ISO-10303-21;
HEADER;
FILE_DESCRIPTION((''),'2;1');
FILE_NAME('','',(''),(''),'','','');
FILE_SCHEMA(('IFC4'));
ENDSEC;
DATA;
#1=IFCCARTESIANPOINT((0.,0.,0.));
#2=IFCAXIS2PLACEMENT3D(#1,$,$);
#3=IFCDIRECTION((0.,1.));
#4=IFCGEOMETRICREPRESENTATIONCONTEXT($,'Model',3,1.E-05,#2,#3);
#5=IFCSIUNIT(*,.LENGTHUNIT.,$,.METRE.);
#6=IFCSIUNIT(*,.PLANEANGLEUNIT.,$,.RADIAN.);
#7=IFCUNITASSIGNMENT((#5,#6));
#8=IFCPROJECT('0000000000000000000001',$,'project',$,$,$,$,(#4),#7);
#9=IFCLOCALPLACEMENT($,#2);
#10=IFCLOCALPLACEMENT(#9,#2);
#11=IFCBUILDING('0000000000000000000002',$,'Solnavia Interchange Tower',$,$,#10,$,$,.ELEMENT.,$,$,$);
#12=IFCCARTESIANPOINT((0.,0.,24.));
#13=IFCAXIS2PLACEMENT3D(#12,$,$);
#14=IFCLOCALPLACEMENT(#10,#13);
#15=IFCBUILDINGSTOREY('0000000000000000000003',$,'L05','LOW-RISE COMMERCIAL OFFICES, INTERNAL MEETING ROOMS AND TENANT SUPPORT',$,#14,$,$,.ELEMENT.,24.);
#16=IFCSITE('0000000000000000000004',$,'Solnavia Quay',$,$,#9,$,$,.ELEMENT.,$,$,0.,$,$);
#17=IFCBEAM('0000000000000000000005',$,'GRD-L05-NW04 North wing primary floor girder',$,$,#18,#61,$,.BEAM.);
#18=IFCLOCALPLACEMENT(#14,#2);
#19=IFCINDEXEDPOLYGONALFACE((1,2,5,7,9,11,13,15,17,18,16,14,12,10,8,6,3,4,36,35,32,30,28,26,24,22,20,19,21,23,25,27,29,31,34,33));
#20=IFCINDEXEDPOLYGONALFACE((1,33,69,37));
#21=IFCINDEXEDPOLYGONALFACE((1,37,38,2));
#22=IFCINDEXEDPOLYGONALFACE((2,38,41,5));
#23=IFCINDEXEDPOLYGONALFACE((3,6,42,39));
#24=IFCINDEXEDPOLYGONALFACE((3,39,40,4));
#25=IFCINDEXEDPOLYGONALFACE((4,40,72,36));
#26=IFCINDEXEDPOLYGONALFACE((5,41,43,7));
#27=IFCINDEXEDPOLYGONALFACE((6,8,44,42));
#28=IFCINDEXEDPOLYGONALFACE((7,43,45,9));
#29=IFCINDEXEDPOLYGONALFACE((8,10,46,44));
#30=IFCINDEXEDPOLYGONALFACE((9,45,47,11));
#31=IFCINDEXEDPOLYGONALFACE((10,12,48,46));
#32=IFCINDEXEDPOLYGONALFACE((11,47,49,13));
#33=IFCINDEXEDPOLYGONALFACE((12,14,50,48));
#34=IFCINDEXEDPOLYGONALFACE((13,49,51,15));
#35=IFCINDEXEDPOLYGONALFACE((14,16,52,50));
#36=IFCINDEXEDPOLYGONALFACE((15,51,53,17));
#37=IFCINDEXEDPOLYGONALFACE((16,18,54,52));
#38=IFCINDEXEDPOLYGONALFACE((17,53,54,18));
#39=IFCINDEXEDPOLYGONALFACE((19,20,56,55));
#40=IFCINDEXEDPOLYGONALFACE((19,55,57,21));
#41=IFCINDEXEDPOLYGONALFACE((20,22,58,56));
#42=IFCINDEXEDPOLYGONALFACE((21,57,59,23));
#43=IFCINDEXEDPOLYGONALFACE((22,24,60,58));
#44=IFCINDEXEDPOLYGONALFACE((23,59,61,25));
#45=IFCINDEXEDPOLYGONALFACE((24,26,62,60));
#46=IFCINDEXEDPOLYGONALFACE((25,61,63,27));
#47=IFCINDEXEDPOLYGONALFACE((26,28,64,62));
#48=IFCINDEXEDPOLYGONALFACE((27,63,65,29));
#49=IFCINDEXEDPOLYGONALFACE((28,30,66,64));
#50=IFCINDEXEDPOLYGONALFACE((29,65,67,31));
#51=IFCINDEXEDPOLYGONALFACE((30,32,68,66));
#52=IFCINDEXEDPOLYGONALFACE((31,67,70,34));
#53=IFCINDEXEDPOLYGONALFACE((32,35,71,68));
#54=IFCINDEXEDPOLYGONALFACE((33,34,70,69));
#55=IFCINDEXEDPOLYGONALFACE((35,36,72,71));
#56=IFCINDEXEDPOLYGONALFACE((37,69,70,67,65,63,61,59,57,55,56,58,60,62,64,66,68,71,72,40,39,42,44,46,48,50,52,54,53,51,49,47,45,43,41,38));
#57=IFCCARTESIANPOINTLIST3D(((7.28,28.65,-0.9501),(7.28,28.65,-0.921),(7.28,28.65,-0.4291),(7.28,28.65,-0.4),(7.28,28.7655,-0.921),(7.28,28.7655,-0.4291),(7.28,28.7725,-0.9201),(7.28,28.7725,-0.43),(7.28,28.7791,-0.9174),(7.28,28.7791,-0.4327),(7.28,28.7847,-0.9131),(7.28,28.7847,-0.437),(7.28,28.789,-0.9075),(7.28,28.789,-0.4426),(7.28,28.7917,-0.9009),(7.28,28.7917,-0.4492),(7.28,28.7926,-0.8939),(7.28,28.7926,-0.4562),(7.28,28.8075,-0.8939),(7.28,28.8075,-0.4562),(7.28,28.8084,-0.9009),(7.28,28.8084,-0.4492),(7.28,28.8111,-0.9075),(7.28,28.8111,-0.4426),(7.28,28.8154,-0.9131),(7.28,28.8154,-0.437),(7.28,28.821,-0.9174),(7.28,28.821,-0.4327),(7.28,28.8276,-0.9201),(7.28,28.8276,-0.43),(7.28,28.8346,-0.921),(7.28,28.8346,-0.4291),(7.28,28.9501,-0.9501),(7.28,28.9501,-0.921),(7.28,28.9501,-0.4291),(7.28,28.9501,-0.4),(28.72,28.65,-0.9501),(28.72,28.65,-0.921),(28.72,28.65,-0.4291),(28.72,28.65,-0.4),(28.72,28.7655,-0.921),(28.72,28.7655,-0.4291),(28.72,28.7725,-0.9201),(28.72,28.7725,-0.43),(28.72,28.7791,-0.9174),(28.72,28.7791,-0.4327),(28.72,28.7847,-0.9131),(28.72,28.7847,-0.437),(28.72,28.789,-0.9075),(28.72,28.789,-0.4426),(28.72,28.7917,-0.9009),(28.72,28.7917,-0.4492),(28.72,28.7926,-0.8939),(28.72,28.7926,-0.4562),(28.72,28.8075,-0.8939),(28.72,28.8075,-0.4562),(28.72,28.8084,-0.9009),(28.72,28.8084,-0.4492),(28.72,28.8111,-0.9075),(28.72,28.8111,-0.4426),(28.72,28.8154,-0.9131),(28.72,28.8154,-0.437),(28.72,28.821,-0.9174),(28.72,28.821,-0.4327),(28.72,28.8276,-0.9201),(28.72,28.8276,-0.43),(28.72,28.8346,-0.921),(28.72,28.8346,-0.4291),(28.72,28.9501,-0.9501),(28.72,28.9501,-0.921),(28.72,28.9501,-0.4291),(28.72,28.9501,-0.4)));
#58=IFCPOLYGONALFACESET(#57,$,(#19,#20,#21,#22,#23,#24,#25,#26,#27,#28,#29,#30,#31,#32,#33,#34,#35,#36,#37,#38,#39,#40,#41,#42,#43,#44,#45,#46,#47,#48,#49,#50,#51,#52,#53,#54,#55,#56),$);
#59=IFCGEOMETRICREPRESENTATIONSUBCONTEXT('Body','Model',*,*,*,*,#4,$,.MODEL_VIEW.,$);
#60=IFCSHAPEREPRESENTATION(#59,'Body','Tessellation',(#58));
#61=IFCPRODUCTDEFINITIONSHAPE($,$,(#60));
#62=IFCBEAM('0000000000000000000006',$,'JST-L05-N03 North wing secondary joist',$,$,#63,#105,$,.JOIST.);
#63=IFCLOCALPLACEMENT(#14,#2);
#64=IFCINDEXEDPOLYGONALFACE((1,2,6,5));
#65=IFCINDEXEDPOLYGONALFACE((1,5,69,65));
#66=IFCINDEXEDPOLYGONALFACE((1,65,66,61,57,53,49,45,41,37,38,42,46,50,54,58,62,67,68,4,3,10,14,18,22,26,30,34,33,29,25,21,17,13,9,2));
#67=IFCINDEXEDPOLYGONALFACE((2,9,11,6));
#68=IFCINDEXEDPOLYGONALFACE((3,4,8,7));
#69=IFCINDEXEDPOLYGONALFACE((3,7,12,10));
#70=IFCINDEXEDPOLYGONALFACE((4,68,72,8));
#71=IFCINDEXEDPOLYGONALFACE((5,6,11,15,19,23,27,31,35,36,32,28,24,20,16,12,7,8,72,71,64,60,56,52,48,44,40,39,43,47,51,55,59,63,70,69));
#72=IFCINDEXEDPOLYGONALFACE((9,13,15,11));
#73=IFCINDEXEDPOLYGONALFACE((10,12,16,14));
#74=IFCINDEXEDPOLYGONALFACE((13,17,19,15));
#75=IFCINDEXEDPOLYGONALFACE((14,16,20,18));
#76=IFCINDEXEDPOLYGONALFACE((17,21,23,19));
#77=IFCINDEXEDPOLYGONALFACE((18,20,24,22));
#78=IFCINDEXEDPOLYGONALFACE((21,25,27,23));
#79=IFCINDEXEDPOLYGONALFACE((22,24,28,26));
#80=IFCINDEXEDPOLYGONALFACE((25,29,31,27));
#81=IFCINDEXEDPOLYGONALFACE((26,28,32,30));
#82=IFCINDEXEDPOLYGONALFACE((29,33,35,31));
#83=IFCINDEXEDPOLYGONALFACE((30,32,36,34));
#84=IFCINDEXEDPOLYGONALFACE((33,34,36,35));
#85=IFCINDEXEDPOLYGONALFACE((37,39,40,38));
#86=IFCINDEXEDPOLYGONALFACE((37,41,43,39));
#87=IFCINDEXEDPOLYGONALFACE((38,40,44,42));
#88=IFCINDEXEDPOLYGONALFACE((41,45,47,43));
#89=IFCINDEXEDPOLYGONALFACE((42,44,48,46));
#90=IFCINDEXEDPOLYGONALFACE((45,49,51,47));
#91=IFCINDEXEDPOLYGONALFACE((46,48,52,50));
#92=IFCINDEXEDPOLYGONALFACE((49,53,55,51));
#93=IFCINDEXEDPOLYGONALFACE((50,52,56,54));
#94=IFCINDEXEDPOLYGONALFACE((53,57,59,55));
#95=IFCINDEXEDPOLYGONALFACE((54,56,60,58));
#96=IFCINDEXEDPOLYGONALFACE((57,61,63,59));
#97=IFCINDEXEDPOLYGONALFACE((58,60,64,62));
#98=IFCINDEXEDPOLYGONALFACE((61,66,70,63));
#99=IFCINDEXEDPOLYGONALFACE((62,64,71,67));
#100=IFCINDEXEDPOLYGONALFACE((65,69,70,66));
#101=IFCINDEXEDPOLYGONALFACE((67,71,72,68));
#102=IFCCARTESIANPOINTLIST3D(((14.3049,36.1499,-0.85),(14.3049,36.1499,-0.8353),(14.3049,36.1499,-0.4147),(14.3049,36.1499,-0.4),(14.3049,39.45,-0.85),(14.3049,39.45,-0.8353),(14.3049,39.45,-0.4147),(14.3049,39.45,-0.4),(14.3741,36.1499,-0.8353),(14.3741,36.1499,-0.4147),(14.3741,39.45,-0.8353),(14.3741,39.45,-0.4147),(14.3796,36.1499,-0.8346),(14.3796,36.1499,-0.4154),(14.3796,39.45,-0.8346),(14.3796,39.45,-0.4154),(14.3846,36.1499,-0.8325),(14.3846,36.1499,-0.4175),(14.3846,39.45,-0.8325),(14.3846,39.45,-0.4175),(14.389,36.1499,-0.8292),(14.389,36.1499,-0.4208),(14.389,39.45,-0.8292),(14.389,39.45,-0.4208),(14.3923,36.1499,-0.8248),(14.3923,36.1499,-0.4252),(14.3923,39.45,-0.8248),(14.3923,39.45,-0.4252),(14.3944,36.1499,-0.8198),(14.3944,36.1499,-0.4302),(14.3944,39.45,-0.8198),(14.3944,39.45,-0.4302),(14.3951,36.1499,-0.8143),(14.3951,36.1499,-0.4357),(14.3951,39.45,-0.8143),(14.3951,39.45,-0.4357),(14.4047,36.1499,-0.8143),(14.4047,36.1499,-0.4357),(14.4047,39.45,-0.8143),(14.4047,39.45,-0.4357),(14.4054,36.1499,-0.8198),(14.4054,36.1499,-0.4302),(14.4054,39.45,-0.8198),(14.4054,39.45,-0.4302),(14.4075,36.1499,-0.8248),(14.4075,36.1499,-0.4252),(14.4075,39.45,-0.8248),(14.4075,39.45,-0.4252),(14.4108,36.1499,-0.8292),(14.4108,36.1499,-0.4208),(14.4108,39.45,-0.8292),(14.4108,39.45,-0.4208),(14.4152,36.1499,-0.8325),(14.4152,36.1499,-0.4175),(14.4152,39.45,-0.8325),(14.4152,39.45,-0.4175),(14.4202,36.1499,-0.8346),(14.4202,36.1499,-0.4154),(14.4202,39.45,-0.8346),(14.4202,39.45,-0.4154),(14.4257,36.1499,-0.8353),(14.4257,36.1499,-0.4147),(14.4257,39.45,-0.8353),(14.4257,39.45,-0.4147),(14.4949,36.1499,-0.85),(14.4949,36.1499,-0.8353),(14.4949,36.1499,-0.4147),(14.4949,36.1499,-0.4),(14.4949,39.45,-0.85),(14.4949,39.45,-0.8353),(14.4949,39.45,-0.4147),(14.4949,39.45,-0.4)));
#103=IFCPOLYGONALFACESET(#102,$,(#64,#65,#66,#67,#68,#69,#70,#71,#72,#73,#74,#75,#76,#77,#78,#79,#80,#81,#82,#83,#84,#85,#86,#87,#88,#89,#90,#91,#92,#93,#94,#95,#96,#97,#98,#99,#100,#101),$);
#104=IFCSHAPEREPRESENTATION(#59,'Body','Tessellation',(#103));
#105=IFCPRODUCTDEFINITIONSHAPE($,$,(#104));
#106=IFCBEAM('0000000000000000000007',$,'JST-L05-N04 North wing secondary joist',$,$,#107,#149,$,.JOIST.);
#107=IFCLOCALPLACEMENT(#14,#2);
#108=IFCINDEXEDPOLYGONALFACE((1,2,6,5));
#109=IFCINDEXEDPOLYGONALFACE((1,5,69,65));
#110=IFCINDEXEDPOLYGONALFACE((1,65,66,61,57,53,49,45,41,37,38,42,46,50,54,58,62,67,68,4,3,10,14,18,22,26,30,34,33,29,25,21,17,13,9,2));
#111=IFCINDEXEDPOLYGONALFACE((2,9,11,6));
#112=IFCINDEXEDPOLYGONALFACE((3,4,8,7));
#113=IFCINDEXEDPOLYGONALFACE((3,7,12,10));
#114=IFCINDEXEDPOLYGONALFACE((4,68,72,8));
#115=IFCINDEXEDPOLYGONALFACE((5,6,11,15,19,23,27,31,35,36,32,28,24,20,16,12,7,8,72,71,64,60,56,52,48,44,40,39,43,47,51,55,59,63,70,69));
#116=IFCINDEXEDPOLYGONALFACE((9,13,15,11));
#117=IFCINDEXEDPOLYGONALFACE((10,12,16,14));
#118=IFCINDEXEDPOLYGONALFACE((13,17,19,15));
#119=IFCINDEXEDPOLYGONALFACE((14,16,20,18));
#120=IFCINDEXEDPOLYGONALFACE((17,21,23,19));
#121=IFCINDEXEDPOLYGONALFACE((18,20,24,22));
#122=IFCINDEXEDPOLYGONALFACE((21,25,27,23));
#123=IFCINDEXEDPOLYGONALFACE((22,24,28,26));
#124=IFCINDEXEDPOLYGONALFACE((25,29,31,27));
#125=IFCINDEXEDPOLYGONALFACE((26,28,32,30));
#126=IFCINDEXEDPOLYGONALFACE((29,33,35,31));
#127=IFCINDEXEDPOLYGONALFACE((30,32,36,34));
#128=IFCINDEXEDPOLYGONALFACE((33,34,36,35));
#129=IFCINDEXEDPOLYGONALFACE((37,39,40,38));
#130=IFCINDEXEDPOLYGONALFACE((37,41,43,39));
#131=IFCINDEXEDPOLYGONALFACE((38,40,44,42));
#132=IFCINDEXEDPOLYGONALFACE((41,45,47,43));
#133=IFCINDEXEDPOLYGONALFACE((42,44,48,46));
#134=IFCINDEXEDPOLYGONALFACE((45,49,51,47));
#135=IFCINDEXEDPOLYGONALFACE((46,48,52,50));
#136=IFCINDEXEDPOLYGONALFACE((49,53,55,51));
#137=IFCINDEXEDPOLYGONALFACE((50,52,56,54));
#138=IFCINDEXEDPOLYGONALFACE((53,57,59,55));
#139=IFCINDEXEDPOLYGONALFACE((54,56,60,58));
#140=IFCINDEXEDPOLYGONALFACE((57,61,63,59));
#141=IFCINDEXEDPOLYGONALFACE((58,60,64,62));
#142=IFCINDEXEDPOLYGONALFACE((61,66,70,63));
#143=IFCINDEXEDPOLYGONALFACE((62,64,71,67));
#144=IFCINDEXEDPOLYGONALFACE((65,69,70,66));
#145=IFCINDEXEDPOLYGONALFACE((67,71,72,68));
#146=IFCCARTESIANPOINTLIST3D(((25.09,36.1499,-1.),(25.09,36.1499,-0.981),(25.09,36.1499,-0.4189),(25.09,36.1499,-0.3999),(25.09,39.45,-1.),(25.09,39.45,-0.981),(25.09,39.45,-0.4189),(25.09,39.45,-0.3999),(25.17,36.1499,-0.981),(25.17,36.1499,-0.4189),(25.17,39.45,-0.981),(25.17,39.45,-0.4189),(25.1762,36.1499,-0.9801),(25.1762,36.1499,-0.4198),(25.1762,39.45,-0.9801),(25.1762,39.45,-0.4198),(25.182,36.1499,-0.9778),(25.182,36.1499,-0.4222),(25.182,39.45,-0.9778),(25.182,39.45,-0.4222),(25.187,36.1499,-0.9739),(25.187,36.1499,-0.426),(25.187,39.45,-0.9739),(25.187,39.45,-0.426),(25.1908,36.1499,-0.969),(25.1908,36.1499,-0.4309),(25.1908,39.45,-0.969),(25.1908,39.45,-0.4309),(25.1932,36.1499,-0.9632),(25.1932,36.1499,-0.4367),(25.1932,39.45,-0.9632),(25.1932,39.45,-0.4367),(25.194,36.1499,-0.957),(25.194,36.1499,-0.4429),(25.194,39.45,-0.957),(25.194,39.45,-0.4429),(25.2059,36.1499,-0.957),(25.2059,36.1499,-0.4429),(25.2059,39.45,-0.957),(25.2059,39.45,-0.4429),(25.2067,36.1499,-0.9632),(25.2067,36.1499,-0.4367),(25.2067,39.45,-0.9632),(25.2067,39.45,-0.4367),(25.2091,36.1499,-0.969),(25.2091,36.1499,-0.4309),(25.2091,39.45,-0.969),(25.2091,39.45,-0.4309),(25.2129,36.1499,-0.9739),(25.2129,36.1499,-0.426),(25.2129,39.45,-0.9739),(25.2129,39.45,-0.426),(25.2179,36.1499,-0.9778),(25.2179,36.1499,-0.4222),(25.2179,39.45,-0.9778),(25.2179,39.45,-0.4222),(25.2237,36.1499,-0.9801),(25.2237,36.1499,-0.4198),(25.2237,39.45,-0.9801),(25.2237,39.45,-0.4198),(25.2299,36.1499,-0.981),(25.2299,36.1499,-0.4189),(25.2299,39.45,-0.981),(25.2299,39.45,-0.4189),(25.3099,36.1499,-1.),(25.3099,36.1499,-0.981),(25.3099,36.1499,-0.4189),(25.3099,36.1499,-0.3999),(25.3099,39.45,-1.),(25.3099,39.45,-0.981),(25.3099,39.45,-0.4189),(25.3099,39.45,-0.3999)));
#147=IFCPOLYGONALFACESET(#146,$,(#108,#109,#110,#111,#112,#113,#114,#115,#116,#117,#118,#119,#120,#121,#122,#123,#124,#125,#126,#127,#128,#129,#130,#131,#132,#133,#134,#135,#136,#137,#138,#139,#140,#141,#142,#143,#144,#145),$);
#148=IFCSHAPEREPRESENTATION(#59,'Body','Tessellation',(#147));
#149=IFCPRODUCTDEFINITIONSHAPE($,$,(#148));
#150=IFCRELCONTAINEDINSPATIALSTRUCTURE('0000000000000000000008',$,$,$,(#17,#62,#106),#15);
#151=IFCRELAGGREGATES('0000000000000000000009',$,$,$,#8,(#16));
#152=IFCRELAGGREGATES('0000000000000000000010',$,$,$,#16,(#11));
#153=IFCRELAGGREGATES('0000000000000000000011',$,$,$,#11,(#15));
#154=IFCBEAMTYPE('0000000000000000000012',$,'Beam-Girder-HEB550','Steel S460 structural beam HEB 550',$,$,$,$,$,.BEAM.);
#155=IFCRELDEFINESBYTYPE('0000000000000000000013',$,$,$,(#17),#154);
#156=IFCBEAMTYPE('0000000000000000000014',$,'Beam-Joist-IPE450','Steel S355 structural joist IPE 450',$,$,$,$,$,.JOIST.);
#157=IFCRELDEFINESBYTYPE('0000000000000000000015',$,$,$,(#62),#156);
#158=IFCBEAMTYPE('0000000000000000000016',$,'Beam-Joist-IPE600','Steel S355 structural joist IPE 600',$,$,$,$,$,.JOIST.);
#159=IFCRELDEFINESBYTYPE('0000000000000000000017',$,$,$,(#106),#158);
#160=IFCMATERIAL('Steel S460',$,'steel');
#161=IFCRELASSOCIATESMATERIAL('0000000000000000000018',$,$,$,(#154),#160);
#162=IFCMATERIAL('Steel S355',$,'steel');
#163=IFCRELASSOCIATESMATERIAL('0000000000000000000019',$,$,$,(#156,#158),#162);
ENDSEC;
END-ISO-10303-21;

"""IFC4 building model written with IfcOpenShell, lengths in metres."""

from ifc_helpers import new_model, si_unit, direction, frame, origin, origin_2d, place, context, subcontext, project, spatial, i_section, extrude, material, material_profile, profile_set, type_object, element, save


model = new_model("IFC4")

# Units and contexts
model_context = context("Model", 3, precision=1e-05, world=origin(), true_north=direction((0.0, 1.0)))
body_context = subcontext(model_context, "Body", "Model", "MODEL_VIEW")
ifc_project = project(units=[si_unit("LENGTHUNIT", "METRE"), si_unit("PLANEANGLEUNIT", "RADIAN")], contexts=[model_context])

# Site, building, storey
site_placement = place(None, origin())
site = spatial("IfcSite", under=ifc_project, at=site_placement, Name="Solnavia Quay", CompositionType="ELEMENT", RefElevation=0.0)
building_placement = place(site_placement, origin())
building = spatial("IfcBuilding", under=site, at=building_placement, Name="Solnavia Interchange Tower", CompositionType="ELEMENT")
storey_placement = place(building_placement, frame((0.0, 0.0, 24.0)))
storey = spatial("IfcBuildingStorey", under=building, at=storey_placement, Name="L05", Description="LOW-RISE COMMERCIAL OFFICES, INTERNAL MEETING ROOMS AND TENANT SUPPORT", CompositionType="ELEMENT", Elevation=24.0)

# Shared definitions
ifc_material_1 = material(Name="Steel S355", Category="steel")

# Beams
ifc_material_2 = material(Name="Steel S460", Category="steel")
ifc_material_profile_1 = material_profile(ifc_material_2, i_section(OverallWidth=0.3, OverallDepth=0.55, WebThickness=0.0149, FlangeThickness=0.0291, FilletRadius=0.0271, at=origin_2d()), Name="HEB 550")
ifc_profile_set_1 = profile_set([ifc_material_profile_1], Name="Steel S460")
beam_type_1 = type_object("IfcBeamType", Name="Beam-Girder-HEB550", Description="Steel S460 structural beam HEB 550", PredefinedType="BEAM", material=ifc_profile_set_1)
beam_1_placement = place(storey_placement, frame((7.28, 28.8, -0.675), z_axis=(1.0, 0.0, 0.0), x_axis=(0.0, 1.0, 0.0)))
element("IfcBeam", 1, at=beam_1_placement, inside=storey, type_object=beam_type_1, Name="GRD-L05-NW04 North wing primary floor girder", PredefinedType="BEAM", context=body_context, shape_type="SweptSolid", body=[
    extrude(i_section(OverallWidth=0.3, OverallDepth=0.55, WebThickness=0.0149, FlangeThickness=0.0291, FilletRadius=0.0271, at=origin_2d()), origin(), (0.0, 0.0, 1.0), 21.4399),
])
ifc_material_profile_2 = material_profile(ifc_material_1, i_section(OverallWidth=0.1899, OverallDepth=0.45, WebThickness=0.0095, FlangeThickness=0.0146, FilletRadius=0.021, at=origin_2d()), Name="IPE 450")
ifc_profile_set_2 = profile_set([ifc_material_profile_2], Name="Steel S355")
beam_type_2 = type_object("IfcBeamType", Name="Beam-Joist-IPE450", Description="Steel S355 structural joist IPE 450", PredefinedType="JOIST", material=ifc_profile_set_2)
beam_2_placement = place(storey_placement, frame((14.3999, 36.1499, -0.625), z_axis=(0.0, 1.0, 0.0), x_axis=(-1.0, 0.0, 0.0)))
element("IfcBeam", 2, at=beam_2_placement, inside=storey, type_object=beam_type_2, Name="JST-L05-N03 North wing secondary joist", PredefinedType="JOIST", context=body_context, shape_type="SweptSolid", body=[
    extrude(i_section(OverallWidth=0.1899, OverallDepth=0.45, WebThickness=0.0095, FlangeThickness=0.0146, FilletRadius=0.021, at=origin_2d()), origin(), (0.0, 0.0, 1.0), 3.3),
])
ifc_material_profile_3 = material_profile(ifc_material_1, i_section(OverallWidth=0.22, OverallDepth=0.6001, WebThickness=0.012, FlangeThickness=0.019, FilletRadius=0.0239, at=origin_2d()), Name="IPE 600")
ifc_profile_set_3 = profile_set([ifc_material_profile_3], Name="Steel S355")
beam_type_3 = type_object("IfcBeamType", Name="Beam-Joist-IPE600", Description="Steel S355 structural joist IPE 600", PredefinedType="JOIST", material=ifc_profile_set_3)
beam_3_placement = place(storey_placement, frame((25.2, 36.1499, -0.7), z_axis=(0.0, 1.0, 0.0), x_axis=(-1.0, 0.0, 0.0)))
element("IfcBeam", 3, at=beam_3_placement, inside=storey, type_object=beam_type_3, Name="JST-L05-N04 North wing secondary joist", PredefinedType="JOIST", context=body_context, shape_type="SweptSolid", body=[
    extrude(i_section(OverallWidth=0.22, OverallDepth=0.6001, WebThickness=0.012, FlangeThickness=0.019, FilletRadius=0.0239, at=origin_2d()), origin(), (0.0, 0.0, 1.0), 3.3),
])

save(model, "model.ifc")
